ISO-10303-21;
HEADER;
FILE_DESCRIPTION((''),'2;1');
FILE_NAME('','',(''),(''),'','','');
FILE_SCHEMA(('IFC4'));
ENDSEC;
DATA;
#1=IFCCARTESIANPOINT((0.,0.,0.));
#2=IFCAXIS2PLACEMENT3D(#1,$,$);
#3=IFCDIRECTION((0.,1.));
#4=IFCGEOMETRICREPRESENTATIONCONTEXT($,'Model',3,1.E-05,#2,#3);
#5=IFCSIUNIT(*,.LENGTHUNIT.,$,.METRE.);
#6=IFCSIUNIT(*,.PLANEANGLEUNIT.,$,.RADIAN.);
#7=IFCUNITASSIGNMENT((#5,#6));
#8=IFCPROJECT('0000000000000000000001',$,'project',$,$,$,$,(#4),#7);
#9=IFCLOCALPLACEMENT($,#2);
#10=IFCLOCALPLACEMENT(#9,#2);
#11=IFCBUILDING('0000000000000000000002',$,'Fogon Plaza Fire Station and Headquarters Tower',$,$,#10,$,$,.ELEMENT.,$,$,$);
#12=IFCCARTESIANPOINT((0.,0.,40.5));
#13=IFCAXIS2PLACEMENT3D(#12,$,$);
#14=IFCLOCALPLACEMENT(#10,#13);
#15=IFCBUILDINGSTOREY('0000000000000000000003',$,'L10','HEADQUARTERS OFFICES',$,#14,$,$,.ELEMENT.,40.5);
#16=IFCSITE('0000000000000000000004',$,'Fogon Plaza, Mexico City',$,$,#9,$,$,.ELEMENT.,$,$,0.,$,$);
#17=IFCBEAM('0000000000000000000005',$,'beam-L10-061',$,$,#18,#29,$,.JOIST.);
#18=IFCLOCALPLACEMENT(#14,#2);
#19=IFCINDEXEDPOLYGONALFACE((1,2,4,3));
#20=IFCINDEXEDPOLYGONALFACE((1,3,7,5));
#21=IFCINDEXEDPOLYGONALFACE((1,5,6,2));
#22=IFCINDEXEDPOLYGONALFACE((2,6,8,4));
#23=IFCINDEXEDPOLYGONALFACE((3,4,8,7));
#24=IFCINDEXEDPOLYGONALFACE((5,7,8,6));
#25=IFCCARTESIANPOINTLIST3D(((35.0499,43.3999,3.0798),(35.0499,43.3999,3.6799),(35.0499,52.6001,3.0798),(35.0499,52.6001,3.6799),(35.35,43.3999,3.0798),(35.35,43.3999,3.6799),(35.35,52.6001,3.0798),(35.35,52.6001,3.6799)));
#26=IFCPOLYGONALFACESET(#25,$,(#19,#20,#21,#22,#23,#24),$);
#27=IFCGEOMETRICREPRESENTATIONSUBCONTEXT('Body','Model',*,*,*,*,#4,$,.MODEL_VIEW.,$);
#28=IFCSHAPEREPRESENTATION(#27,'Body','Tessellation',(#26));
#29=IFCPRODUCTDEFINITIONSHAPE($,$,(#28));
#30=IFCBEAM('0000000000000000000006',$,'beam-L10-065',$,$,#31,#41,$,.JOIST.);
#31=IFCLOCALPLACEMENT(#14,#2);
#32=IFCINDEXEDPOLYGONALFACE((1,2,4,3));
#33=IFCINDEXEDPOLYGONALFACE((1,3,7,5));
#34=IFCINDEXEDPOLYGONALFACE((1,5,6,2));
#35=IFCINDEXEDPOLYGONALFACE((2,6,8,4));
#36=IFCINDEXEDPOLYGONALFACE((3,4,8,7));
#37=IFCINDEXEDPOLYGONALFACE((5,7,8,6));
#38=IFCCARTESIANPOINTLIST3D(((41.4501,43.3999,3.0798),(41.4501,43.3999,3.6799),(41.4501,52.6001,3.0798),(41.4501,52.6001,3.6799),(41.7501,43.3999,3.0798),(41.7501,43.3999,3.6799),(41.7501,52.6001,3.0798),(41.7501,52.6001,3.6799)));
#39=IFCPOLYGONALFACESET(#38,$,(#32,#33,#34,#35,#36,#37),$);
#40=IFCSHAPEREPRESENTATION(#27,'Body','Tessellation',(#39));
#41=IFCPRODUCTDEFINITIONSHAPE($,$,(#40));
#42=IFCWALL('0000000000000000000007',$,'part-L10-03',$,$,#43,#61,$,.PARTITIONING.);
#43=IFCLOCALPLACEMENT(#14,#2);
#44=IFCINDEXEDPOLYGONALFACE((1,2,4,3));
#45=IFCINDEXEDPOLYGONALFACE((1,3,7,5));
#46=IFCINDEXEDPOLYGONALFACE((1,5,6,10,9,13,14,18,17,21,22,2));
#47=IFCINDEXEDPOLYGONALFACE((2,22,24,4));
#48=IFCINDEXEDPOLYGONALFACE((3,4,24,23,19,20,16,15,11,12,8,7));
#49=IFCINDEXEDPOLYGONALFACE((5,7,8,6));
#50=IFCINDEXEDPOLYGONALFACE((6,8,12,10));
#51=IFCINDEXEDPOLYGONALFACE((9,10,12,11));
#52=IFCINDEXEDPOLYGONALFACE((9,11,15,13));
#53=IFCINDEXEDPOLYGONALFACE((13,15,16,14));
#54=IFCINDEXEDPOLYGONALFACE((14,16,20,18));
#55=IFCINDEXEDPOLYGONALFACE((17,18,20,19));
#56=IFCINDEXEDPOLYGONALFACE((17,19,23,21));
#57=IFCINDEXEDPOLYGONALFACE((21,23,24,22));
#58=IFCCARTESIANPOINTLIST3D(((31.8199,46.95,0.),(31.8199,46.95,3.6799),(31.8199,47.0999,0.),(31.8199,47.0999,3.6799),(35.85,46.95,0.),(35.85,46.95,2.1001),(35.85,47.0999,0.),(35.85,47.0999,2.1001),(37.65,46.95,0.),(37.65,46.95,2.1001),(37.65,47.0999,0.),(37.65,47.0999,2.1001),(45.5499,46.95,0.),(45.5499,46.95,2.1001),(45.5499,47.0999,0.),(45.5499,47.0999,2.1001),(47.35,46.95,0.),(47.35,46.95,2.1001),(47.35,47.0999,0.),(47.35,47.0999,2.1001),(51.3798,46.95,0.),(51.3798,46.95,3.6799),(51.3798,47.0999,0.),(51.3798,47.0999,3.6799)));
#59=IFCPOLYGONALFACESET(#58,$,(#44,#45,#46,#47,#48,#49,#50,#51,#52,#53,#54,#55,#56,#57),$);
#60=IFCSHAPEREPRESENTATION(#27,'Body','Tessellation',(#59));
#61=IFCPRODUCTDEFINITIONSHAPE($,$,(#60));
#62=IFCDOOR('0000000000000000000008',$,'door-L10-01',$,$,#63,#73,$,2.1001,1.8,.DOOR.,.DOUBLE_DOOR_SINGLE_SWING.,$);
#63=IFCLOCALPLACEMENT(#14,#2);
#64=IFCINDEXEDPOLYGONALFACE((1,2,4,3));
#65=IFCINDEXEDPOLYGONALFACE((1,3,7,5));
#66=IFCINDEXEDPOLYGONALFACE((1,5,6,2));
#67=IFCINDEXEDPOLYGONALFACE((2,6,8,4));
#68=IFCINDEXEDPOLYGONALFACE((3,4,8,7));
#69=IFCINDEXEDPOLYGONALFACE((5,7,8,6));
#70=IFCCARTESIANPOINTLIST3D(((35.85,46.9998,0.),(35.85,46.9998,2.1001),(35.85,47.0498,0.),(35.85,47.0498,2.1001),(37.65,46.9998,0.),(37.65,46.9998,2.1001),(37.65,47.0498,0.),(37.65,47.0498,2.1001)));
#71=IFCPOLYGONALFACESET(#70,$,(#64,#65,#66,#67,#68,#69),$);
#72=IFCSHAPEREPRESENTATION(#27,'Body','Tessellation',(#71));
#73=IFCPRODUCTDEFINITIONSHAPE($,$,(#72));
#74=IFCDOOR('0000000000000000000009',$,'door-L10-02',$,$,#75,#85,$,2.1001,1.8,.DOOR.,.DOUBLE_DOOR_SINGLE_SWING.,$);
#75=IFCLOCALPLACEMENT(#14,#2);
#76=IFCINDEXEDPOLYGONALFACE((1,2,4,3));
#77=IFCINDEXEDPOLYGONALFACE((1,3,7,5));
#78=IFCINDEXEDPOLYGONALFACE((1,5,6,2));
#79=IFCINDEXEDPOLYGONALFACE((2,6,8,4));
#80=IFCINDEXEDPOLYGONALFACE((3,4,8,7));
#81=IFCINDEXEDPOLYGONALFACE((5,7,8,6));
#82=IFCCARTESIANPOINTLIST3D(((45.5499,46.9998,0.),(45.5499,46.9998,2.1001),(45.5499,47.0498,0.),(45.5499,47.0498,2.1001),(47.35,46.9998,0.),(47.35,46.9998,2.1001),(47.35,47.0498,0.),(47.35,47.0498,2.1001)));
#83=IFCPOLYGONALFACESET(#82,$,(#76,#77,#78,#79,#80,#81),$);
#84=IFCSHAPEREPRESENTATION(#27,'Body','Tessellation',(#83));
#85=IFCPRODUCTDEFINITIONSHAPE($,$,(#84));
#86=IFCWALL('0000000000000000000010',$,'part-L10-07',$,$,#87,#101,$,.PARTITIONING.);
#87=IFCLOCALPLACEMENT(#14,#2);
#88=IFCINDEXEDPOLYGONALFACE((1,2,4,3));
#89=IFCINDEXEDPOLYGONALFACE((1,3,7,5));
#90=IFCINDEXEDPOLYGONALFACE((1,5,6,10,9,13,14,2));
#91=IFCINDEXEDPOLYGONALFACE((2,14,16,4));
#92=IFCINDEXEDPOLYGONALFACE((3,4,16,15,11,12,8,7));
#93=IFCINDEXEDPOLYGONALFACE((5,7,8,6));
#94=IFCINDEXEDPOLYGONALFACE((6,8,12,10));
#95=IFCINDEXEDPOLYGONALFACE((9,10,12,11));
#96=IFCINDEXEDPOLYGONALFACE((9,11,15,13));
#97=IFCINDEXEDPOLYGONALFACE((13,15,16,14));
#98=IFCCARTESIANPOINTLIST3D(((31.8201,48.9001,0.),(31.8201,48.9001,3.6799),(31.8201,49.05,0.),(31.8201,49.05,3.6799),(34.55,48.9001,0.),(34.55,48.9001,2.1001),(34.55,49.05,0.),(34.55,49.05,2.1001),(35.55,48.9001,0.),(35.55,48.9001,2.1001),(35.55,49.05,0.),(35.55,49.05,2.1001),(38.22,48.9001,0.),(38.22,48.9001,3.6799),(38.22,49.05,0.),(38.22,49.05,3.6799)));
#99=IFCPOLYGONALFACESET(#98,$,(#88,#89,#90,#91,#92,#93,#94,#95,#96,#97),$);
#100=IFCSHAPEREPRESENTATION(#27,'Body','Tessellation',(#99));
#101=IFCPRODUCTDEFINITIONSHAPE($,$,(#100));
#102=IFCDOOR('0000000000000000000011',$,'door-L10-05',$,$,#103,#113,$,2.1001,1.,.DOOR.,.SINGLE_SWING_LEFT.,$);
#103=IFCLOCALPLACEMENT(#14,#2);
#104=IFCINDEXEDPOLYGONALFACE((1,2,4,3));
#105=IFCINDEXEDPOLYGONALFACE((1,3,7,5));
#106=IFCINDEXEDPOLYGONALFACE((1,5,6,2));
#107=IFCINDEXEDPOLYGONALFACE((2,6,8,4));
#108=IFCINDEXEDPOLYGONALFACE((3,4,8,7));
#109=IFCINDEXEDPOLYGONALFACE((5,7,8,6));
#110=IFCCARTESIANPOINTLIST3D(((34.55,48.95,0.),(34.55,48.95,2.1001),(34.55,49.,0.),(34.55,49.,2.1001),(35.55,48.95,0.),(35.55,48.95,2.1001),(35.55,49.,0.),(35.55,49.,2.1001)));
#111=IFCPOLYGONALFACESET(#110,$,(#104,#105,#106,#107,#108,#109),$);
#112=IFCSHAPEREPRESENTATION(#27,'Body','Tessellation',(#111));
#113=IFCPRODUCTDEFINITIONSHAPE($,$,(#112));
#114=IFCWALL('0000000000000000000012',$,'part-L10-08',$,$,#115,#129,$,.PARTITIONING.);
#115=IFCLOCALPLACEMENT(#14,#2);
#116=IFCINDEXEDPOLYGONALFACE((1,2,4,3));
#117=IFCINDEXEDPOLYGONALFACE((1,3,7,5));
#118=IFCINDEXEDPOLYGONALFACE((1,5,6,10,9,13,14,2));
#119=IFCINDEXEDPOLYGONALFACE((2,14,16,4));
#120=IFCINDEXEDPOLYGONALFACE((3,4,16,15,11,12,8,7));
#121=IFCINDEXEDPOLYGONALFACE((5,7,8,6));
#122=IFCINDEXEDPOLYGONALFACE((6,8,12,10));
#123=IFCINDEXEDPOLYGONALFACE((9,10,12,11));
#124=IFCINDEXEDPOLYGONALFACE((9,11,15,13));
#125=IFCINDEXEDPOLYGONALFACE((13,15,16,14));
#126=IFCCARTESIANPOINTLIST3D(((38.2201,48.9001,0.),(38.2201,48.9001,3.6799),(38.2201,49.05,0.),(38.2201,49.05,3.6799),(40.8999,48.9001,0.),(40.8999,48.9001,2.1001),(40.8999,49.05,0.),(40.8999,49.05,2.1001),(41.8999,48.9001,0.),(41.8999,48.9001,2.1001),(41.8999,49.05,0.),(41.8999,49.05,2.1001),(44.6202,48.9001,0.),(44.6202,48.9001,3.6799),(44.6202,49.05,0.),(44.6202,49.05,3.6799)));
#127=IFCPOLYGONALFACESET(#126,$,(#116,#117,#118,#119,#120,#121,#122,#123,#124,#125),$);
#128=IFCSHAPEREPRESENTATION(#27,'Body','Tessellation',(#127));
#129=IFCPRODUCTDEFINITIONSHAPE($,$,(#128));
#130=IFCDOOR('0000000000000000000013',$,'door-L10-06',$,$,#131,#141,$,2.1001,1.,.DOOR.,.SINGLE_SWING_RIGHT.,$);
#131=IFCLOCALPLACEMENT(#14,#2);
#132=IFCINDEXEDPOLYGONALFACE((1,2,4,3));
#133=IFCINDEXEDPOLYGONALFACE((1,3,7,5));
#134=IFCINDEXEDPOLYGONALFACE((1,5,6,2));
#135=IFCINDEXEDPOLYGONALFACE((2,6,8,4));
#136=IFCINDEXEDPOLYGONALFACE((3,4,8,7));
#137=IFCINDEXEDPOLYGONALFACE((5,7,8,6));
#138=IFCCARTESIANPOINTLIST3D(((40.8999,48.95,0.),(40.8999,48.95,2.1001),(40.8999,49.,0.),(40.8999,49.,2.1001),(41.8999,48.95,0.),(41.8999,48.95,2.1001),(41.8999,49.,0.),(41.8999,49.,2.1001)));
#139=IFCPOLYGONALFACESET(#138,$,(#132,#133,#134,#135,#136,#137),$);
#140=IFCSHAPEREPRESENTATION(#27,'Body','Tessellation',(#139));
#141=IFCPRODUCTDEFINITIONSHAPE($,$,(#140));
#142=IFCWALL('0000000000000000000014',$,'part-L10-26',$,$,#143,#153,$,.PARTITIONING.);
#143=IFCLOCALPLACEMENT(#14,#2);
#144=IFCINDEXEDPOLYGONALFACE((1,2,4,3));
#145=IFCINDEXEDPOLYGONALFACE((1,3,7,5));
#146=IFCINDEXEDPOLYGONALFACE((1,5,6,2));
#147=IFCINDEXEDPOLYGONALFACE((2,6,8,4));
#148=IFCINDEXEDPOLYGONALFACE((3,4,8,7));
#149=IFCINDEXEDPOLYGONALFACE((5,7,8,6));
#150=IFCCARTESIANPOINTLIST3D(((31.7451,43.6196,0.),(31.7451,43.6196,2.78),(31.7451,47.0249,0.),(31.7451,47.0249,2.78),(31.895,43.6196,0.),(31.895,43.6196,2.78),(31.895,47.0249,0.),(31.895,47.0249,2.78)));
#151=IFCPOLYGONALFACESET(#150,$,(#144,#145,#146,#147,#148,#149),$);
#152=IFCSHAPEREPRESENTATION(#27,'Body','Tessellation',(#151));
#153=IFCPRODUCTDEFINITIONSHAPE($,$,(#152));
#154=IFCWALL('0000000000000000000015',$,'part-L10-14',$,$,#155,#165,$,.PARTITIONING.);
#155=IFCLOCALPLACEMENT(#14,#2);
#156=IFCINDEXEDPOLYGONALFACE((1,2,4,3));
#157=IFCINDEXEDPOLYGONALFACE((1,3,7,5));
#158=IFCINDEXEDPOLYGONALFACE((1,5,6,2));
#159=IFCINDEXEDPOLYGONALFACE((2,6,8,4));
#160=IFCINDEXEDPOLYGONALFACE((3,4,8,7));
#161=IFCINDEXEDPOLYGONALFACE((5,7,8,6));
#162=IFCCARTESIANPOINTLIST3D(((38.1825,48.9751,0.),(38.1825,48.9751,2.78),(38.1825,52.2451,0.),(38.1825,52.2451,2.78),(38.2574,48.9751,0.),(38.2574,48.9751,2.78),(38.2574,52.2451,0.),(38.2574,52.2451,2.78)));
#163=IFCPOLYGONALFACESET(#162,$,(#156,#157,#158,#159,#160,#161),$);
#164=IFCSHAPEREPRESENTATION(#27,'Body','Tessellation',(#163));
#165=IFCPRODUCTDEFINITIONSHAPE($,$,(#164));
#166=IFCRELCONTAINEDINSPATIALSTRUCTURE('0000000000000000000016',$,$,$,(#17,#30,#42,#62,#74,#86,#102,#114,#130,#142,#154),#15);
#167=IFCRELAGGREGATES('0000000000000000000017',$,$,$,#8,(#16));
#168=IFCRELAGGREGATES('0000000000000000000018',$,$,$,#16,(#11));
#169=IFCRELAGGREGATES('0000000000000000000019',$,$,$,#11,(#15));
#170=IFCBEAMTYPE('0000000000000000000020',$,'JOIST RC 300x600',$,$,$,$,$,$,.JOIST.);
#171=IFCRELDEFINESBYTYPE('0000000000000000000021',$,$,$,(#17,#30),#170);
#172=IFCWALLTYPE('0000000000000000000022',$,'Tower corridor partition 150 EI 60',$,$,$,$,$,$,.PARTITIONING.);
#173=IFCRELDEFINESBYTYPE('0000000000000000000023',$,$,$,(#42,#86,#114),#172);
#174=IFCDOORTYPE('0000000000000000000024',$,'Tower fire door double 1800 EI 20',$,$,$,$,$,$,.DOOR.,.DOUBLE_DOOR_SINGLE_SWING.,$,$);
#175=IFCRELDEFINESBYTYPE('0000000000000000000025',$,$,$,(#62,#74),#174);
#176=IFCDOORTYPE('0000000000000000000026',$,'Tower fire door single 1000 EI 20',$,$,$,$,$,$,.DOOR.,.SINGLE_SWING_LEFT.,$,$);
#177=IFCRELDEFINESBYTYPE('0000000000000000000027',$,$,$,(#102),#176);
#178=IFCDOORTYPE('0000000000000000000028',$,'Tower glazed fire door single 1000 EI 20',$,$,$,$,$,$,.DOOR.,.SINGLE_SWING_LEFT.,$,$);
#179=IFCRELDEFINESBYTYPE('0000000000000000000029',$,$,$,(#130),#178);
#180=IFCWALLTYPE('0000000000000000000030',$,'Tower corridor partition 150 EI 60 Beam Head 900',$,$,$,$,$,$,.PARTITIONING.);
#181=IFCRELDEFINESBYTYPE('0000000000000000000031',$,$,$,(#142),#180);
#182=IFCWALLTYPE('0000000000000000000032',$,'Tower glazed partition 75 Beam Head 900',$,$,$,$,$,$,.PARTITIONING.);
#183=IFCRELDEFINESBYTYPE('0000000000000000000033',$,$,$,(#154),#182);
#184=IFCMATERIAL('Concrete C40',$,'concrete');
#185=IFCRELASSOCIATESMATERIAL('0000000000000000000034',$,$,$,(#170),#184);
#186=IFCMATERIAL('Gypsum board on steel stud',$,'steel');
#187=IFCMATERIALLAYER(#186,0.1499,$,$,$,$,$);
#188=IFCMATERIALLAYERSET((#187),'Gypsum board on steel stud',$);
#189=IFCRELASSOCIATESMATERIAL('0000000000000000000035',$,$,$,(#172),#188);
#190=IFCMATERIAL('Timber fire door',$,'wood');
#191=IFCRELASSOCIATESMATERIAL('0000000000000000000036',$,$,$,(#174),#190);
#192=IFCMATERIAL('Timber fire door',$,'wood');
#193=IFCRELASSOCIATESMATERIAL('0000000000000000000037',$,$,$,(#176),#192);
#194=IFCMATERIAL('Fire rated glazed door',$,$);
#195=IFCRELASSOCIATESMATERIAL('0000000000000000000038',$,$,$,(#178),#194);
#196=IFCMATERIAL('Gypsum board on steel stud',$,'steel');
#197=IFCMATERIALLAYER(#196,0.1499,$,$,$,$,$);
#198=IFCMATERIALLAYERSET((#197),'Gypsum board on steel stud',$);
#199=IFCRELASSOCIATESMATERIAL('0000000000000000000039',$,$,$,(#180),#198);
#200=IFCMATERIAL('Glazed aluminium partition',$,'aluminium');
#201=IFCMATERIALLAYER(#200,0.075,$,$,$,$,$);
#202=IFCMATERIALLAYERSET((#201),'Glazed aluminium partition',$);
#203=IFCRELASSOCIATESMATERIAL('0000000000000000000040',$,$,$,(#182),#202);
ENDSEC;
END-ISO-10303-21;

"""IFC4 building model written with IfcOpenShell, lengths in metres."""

from ifc_helpers import new_model, si_unit, direction, frame, frame_2d, origin, origin_2d, place, context, subcontext, project, spatial, rectangle, extrude, material, layer, layer_set, material_profile, profile_set, type_object, element, fill, save


model = new_model("IFC4")

# Units and contexts
model_context = context("Model", 3, precision=1e-05, world=origin(), true_north=direction((0.0, 1.0)))
body_context = subcontext(model_context, "Body", "Model", "MODEL_VIEW")
ifc_project = project(units=[si_unit("LENGTHUNIT", "METRE"), si_unit("PLANEANGLEUNIT", "RADIAN")], contexts=[model_context])

# Site, building, storey
site_placement = place(None, origin())
site = spatial("IfcSite", under=ifc_project, at=site_placement, Name="Fogon Plaza, Mexico City", CompositionType="ELEMENT", RefElevation=0.0)
building_placement = place(site_placement, origin())
building = spatial("IfcBuilding", under=site, at=building_placement, Name="Fogon Plaza Fire Station and Headquarters Tower", CompositionType="ELEMENT")
storey_placement = place(building_placement, frame((0.0, 0.0, 40.5)))
storey = spatial("IfcBuildingStorey", under=building, at=storey_placement, Name="L10", Description="HEADQUARTERS OFFICES", CompositionType="ELEMENT", Elevation=40.5)

# Beams
ifc_material_1 = material(Name="Concrete C40", Category="concrete")
ifc_material_profile_1 = material_profile(ifc_material_1, rectangle(XDim=0.3, YDim=0.6001, at=origin_2d()), Name="RC 300x600")
ifc_profile_set_1 = profile_set([ifc_material_profile_1], Name="Concrete C40")
beam_type_1 = type_object("IfcBeamType", Name="JOIST RC 300x600", PredefinedType="JOIST", material=ifc_profile_set_1)
for number, where, z_axis, x_axis, name in (
    (1, (35.2, 43.3999, 3.3799), (0.0, 1.0, 0.0), (-1.0, 0.0, 0.0), "beam-L10-061"),
    (2, (41.6001, 43.3999, 3.3799), (0.0, 1.0, 0.0), (-1.0, 0.0, 0.0), "beam-L10-065"),
):
    element("IfcBeam", number, at=place(storey_placement, frame(where, z_axis=z_axis, x_axis=x_axis)), inside=storey, type_object=beam_type_1, Name=name, PredefinedType="JOIST", context=body_context, shape_type="SweptSolid", body=[
        extrude(rectangle(XDim=0.3, YDim=0.6001, at=origin_2d()), origin(), (0.0, 0.0, 1.0), 9.2002),
    ])

# Wall, openings, doors
ifc_material_2 = material(Name="Gypsum board on steel stud", Category="steel")
ifc_layer_1 = layer(ifc_material_2, 0.1499)
ifc_layer_set_1 = layer_set([ifc_layer_1], Name="Gypsum board on steel stud")
wall_type_1 = type_object("IfcWallType", Name="Tower corridor partition 150 EI 60", PredefinedType="PARTITIONING", material=ifc_layer_set_1)
wall_1_placement = place(storey_placement, frame((31.8201, 47.0249, 0.0), z_axis=(0.0, 0.0, 1.0), x_axis=(1.0, 0.0, 0.0)))
wall_1 = element("IfcWall", 3, at=wall_1_placement, inside=storey, type_object=wall_type_1, Name="part-L10-03", PredefinedType="PARTITIONING", context=body_context, shape_type="SweptSolid", body=[
    extrude(rectangle(XDim=19.5598, YDim=0.1499, at=frame_2d((9.7798, 0.0))), origin(), (0.0, 0.0, 1.0), 3.6799),
])
opening_1_placement = place(wall_1_placement, frame((4.03, 0.0, 0.0)))
opening_1 = element("IfcOpeningElement", 4, at=opening_1_placement, cuts=wall_1, PredefinedType="OPENING", context=body_context, shape_type="SweptSolid", body=[
    extrude(rectangle(XDim=1.8, YDim=2.1001, at=frame_2d((0.8999, 1.05))), frame((0.0, 0.085, 0.0), z_axis=(0.0, -1.0, 0.0), x_axis=(1.0, 0.0, 0.0)), (0.0, 0.0, 1.0), 0.1699),
])
opening_2_placement = place(wall_1_placement, frame((13.73, 0.0, 0.0)))
opening_2 = element("IfcOpeningElement", 5, at=opening_2_placement, cuts=wall_1, PredefinedType="OPENING", context=body_context, shape_type="SweptSolid", body=[
    extrude(rectangle(XDim=1.8, YDim=2.1001, at=frame_2d((0.8999, 1.05))), frame((0.0, 0.085, 0.0), z_axis=(0.0, -1.0, 0.0), x_axis=(1.0, 0.0, 0.0)), (0.0, 0.0, 1.0), 0.1699),
])
ifc_material_3 = material(Name="Timber fire door", Category="wood")
door_type_1 = type_object("IfcDoorType", Name="Tower fire door double 1800 EI 20", OperationType="DOUBLE_DOOR_SINGLE_SWING", PredefinedType="DOOR", material=ifc_material_3)
door_1_placement = place(opening_1_placement, origin())
door_1 = element("IfcDoor", 6, at=door_1_placement, inside=storey, type_object=door_type_1, Name="door-L10-01", OperationType="DOUBLE_DOOR_SINGLE_SWING", OverallHeight=2.1001, OverallWidth=1.8, PredefinedType="DOOR", context=body_context, shape_type="SweptSolid", body=[
    extrude(rectangle(XDim=1.8, YDim=2.1001, at=frame_2d((0.8999, 1.05))), frame((0.0, 0.0249, 0.0), z_axis=(0.0, -1.0, 0.0), x_axis=(1.0, 0.0, 0.0)), (0.0, 0.0, 1.0), 0.05),
])
fill(opening_1, door_1)
door_2_placement = place(opening_2_placement, origin())
door_2 = element("IfcDoor", 7, at=door_2_placement, inside=storey, type_object=door_type_1, Name="door-L10-02", OperationType="DOUBLE_DOOR_SINGLE_SWING", OverallHeight=2.1001, OverallWidth=1.8, PredefinedType="DOOR", context=body_context, shape_type="SweptSolid", body=[
    extrude(rectangle(XDim=1.8, YDim=2.1001, at=frame_2d((0.8999, 1.05))), frame((0.0, 0.0249, 0.0), z_axis=(0.0, -1.0, 0.0), x_axis=(1.0, 0.0, 0.0)), (0.0, 0.0, 1.0), 0.05),
])
fill(opening_2, door_2)

# Walls, openings, doors
wall_2_placement = place(storey_placement, frame((31.8201, 48.9751, 0.0), z_axis=(0.0, 0.0, 1.0), x_axis=(1.0, 0.0, 0.0)))
wall_2 = element("IfcWall", 8, at=wall_2_placement, inside=storey, type_object=wall_type_1, Name="part-L10-07", PredefinedType="PARTITIONING", context=body_context, shape_type="SweptSolid", body=[
    extrude(rectangle(XDim=6.3999, YDim=0.1499, at=frame_2d((3.2, 0.0))), origin(), (0.0, 0.0, 1.0), 3.6799),
])
opening_3_placement = place(wall_2_placement, frame((2.73, 0.0, 0.0)))
opening_3 = element("IfcOpeningElement", 9, at=opening_3_placement, cuts=wall_2, PredefinedType="OPENING", context=body_context, shape_type="SweptSolid", body=[
    extrude(rectangle(XDim=1.0, YDim=2.1001, at=frame_2d((0.5, 1.05))), frame((0.0, 0.085, 0.0), z_axis=(0.0, -1.0, 0.0), x_axis=(1.0, 0.0, 0.0)), (0.0, 0.0, 1.0), 0.1699),
])
ifc_material_4 = material(Name="Timber fire door", Category="wood")
door_type_2 = type_object("IfcDoorType", Name="Tower fire door single 1000 EI 20", OperationType="SINGLE_SWING_LEFT", PredefinedType="DOOR", material=ifc_material_4)
door_3_placement = place(opening_3_placement, origin())
door_3 = element("IfcDoor", 10, at=door_3_placement, inside=storey, type_object=door_type_2, Name="door-L10-05", OperationType="SINGLE_SWING_LEFT", OverallHeight=2.1001, OverallWidth=1.0, PredefinedType="DOOR", context=body_context, shape_type="SweptSolid", body=[
    extrude(rectangle(XDim=1.0, YDim=2.1001, at=frame_2d((0.5, 1.05))), frame((0.0, 0.0249, 0.0), z_axis=(0.0, -1.0, 0.0), x_axis=(1.0, 0.0, 0.0)), (0.0, 0.0, 1.0), 0.05),
])
fill(opening_3, door_3)
wall_3_placement = place(storey_placement, frame((38.22, 48.9751, 0.0), z_axis=(0.0, 0.0, 1.0), x_axis=(1.0, 0.0, 0.0)))
wall_3 = element("IfcWall", 11, at=wall_3_placement, inside=storey, type_object=wall_type_1, Name="part-L10-08", PredefinedType="PARTITIONING", context=body_context, shape_type="SweptSolid", body=[
    extrude(rectangle(XDim=6.4001, YDim=0.1499, at=frame_2d((3.2002, 0.0))), origin(), (0.0, 0.0, 1.0), 3.6799),
])
opening_4_placement = place(wall_3_placement, frame((2.6799, 0.0, 0.0)))
opening_4 = element("IfcOpeningElement", 12, at=opening_4_placement, cuts=wall_3, PredefinedType="OPENING", context=body_context, shape_type="SweptSolid", body=[
    extrude(rectangle(XDim=1.0, YDim=2.1001, at=frame_2d((0.5, 1.05))), frame((0.0, 0.085, 0.0), z_axis=(0.0, -1.0, 0.0), x_axis=(1.0, 0.0, 0.0)), (0.0, 0.0, 1.0), 0.1699),
])
ifc_material_5 = material(Name="Fire rated glazed door")
door_type_3 = type_object("IfcDoorType", Name="Tower glazed fire door single 1000 EI 20", OperationType="SINGLE_SWING_LEFT", PredefinedType="DOOR", material=ifc_material_5)
door_4_placement = place(opening_4_placement, origin())
door_4 = element("IfcDoor", 13, at=door_4_placement, inside=storey, type_object=door_type_3, Name="door-L10-06", OperationType="SINGLE_SWING_RIGHT", OverallHeight=2.1001, OverallWidth=1.0, PredefinedType="DOOR", context=body_context, shape_type="SweptSolid", body=[
    extrude(rectangle(XDim=1.0, YDim=2.1001, at=frame_2d((0.5, 1.05))), frame((0.0, 0.0249, 0.0), z_axis=(0.0, -1.0, 0.0), x_axis=(1.0, 0.0, 0.0)), (0.0, 0.0, 1.0), 0.05),
])
fill(opening_4, door_4)

# Walls
ifc_material_6 = material(Name="Gypsum board on steel stud", Category="steel")
ifc_layer_2 = layer(ifc_material_6, 0.1499)
ifc_layer_set_2 = layer_set([ifc_layer_2], Name="Gypsum board on steel stud")
wall_type_2 = type_object("IfcWallType", Name="Tower corridor partition 150 EI 60 Beam Head 900", PredefinedType="PARTITIONING", material=ifc_layer_set_2)
wall_4_placement = place(storey_placement, frame((31.8201, 43.6196, 0.0), z_axis=(0.0, 0.0, 1.0), x_axis=(0.0, 1.0, 0.0)))
element("IfcWall", 14, at=wall_4_placement, inside=storey, type_object=wall_type_2, Name="part-L10-26", PredefinedType="PARTITIONING", context=body_context, shape_type="SweptSolid", body=[
    extrude(rectangle(XDim=3.4053, YDim=0.1499, at=frame_2d((1.7026, 0.0))), origin(), (0.0, 0.0, 1.0), 2.78),
])
ifc_material_7 = material(Name="Glazed aluminium partition", Category="aluminium")
ifc_layer_3 = layer(ifc_material_7, 0.075)
ifc_layer_set_3 = layer_set([ifc_layer_3], Name="Glazed aluminium partition")
wall_type_3 = type_object("IfcWallType", Name="Tower glazed partition 75 Beam Head 900", PredefinedType="PARTITIONING", material=ifc_layer_set_3)
wall_5_placement = place(storey_placement, frame((38.22, 48.9751, 0.0), z_axis=(0.0, 0.0, 1.0), x_axis=(0.0, 1.0, 0.0)))
element("IfcWall", 15, at=wall_5_placement, inside=storey, type_object=wall_type_3, Name="part-L10-14", PredefinedType="PARTITIONING", context=body_context, shape_type="SweptSolid", body=[
    extrude(rectangle(XDim=3.27, YDim=0.075, at=frame_2d((1.635, 0.0))), origin(), (0.0, 0.0, 1.0), 2.78),
])

save(model, "model.ifc")
